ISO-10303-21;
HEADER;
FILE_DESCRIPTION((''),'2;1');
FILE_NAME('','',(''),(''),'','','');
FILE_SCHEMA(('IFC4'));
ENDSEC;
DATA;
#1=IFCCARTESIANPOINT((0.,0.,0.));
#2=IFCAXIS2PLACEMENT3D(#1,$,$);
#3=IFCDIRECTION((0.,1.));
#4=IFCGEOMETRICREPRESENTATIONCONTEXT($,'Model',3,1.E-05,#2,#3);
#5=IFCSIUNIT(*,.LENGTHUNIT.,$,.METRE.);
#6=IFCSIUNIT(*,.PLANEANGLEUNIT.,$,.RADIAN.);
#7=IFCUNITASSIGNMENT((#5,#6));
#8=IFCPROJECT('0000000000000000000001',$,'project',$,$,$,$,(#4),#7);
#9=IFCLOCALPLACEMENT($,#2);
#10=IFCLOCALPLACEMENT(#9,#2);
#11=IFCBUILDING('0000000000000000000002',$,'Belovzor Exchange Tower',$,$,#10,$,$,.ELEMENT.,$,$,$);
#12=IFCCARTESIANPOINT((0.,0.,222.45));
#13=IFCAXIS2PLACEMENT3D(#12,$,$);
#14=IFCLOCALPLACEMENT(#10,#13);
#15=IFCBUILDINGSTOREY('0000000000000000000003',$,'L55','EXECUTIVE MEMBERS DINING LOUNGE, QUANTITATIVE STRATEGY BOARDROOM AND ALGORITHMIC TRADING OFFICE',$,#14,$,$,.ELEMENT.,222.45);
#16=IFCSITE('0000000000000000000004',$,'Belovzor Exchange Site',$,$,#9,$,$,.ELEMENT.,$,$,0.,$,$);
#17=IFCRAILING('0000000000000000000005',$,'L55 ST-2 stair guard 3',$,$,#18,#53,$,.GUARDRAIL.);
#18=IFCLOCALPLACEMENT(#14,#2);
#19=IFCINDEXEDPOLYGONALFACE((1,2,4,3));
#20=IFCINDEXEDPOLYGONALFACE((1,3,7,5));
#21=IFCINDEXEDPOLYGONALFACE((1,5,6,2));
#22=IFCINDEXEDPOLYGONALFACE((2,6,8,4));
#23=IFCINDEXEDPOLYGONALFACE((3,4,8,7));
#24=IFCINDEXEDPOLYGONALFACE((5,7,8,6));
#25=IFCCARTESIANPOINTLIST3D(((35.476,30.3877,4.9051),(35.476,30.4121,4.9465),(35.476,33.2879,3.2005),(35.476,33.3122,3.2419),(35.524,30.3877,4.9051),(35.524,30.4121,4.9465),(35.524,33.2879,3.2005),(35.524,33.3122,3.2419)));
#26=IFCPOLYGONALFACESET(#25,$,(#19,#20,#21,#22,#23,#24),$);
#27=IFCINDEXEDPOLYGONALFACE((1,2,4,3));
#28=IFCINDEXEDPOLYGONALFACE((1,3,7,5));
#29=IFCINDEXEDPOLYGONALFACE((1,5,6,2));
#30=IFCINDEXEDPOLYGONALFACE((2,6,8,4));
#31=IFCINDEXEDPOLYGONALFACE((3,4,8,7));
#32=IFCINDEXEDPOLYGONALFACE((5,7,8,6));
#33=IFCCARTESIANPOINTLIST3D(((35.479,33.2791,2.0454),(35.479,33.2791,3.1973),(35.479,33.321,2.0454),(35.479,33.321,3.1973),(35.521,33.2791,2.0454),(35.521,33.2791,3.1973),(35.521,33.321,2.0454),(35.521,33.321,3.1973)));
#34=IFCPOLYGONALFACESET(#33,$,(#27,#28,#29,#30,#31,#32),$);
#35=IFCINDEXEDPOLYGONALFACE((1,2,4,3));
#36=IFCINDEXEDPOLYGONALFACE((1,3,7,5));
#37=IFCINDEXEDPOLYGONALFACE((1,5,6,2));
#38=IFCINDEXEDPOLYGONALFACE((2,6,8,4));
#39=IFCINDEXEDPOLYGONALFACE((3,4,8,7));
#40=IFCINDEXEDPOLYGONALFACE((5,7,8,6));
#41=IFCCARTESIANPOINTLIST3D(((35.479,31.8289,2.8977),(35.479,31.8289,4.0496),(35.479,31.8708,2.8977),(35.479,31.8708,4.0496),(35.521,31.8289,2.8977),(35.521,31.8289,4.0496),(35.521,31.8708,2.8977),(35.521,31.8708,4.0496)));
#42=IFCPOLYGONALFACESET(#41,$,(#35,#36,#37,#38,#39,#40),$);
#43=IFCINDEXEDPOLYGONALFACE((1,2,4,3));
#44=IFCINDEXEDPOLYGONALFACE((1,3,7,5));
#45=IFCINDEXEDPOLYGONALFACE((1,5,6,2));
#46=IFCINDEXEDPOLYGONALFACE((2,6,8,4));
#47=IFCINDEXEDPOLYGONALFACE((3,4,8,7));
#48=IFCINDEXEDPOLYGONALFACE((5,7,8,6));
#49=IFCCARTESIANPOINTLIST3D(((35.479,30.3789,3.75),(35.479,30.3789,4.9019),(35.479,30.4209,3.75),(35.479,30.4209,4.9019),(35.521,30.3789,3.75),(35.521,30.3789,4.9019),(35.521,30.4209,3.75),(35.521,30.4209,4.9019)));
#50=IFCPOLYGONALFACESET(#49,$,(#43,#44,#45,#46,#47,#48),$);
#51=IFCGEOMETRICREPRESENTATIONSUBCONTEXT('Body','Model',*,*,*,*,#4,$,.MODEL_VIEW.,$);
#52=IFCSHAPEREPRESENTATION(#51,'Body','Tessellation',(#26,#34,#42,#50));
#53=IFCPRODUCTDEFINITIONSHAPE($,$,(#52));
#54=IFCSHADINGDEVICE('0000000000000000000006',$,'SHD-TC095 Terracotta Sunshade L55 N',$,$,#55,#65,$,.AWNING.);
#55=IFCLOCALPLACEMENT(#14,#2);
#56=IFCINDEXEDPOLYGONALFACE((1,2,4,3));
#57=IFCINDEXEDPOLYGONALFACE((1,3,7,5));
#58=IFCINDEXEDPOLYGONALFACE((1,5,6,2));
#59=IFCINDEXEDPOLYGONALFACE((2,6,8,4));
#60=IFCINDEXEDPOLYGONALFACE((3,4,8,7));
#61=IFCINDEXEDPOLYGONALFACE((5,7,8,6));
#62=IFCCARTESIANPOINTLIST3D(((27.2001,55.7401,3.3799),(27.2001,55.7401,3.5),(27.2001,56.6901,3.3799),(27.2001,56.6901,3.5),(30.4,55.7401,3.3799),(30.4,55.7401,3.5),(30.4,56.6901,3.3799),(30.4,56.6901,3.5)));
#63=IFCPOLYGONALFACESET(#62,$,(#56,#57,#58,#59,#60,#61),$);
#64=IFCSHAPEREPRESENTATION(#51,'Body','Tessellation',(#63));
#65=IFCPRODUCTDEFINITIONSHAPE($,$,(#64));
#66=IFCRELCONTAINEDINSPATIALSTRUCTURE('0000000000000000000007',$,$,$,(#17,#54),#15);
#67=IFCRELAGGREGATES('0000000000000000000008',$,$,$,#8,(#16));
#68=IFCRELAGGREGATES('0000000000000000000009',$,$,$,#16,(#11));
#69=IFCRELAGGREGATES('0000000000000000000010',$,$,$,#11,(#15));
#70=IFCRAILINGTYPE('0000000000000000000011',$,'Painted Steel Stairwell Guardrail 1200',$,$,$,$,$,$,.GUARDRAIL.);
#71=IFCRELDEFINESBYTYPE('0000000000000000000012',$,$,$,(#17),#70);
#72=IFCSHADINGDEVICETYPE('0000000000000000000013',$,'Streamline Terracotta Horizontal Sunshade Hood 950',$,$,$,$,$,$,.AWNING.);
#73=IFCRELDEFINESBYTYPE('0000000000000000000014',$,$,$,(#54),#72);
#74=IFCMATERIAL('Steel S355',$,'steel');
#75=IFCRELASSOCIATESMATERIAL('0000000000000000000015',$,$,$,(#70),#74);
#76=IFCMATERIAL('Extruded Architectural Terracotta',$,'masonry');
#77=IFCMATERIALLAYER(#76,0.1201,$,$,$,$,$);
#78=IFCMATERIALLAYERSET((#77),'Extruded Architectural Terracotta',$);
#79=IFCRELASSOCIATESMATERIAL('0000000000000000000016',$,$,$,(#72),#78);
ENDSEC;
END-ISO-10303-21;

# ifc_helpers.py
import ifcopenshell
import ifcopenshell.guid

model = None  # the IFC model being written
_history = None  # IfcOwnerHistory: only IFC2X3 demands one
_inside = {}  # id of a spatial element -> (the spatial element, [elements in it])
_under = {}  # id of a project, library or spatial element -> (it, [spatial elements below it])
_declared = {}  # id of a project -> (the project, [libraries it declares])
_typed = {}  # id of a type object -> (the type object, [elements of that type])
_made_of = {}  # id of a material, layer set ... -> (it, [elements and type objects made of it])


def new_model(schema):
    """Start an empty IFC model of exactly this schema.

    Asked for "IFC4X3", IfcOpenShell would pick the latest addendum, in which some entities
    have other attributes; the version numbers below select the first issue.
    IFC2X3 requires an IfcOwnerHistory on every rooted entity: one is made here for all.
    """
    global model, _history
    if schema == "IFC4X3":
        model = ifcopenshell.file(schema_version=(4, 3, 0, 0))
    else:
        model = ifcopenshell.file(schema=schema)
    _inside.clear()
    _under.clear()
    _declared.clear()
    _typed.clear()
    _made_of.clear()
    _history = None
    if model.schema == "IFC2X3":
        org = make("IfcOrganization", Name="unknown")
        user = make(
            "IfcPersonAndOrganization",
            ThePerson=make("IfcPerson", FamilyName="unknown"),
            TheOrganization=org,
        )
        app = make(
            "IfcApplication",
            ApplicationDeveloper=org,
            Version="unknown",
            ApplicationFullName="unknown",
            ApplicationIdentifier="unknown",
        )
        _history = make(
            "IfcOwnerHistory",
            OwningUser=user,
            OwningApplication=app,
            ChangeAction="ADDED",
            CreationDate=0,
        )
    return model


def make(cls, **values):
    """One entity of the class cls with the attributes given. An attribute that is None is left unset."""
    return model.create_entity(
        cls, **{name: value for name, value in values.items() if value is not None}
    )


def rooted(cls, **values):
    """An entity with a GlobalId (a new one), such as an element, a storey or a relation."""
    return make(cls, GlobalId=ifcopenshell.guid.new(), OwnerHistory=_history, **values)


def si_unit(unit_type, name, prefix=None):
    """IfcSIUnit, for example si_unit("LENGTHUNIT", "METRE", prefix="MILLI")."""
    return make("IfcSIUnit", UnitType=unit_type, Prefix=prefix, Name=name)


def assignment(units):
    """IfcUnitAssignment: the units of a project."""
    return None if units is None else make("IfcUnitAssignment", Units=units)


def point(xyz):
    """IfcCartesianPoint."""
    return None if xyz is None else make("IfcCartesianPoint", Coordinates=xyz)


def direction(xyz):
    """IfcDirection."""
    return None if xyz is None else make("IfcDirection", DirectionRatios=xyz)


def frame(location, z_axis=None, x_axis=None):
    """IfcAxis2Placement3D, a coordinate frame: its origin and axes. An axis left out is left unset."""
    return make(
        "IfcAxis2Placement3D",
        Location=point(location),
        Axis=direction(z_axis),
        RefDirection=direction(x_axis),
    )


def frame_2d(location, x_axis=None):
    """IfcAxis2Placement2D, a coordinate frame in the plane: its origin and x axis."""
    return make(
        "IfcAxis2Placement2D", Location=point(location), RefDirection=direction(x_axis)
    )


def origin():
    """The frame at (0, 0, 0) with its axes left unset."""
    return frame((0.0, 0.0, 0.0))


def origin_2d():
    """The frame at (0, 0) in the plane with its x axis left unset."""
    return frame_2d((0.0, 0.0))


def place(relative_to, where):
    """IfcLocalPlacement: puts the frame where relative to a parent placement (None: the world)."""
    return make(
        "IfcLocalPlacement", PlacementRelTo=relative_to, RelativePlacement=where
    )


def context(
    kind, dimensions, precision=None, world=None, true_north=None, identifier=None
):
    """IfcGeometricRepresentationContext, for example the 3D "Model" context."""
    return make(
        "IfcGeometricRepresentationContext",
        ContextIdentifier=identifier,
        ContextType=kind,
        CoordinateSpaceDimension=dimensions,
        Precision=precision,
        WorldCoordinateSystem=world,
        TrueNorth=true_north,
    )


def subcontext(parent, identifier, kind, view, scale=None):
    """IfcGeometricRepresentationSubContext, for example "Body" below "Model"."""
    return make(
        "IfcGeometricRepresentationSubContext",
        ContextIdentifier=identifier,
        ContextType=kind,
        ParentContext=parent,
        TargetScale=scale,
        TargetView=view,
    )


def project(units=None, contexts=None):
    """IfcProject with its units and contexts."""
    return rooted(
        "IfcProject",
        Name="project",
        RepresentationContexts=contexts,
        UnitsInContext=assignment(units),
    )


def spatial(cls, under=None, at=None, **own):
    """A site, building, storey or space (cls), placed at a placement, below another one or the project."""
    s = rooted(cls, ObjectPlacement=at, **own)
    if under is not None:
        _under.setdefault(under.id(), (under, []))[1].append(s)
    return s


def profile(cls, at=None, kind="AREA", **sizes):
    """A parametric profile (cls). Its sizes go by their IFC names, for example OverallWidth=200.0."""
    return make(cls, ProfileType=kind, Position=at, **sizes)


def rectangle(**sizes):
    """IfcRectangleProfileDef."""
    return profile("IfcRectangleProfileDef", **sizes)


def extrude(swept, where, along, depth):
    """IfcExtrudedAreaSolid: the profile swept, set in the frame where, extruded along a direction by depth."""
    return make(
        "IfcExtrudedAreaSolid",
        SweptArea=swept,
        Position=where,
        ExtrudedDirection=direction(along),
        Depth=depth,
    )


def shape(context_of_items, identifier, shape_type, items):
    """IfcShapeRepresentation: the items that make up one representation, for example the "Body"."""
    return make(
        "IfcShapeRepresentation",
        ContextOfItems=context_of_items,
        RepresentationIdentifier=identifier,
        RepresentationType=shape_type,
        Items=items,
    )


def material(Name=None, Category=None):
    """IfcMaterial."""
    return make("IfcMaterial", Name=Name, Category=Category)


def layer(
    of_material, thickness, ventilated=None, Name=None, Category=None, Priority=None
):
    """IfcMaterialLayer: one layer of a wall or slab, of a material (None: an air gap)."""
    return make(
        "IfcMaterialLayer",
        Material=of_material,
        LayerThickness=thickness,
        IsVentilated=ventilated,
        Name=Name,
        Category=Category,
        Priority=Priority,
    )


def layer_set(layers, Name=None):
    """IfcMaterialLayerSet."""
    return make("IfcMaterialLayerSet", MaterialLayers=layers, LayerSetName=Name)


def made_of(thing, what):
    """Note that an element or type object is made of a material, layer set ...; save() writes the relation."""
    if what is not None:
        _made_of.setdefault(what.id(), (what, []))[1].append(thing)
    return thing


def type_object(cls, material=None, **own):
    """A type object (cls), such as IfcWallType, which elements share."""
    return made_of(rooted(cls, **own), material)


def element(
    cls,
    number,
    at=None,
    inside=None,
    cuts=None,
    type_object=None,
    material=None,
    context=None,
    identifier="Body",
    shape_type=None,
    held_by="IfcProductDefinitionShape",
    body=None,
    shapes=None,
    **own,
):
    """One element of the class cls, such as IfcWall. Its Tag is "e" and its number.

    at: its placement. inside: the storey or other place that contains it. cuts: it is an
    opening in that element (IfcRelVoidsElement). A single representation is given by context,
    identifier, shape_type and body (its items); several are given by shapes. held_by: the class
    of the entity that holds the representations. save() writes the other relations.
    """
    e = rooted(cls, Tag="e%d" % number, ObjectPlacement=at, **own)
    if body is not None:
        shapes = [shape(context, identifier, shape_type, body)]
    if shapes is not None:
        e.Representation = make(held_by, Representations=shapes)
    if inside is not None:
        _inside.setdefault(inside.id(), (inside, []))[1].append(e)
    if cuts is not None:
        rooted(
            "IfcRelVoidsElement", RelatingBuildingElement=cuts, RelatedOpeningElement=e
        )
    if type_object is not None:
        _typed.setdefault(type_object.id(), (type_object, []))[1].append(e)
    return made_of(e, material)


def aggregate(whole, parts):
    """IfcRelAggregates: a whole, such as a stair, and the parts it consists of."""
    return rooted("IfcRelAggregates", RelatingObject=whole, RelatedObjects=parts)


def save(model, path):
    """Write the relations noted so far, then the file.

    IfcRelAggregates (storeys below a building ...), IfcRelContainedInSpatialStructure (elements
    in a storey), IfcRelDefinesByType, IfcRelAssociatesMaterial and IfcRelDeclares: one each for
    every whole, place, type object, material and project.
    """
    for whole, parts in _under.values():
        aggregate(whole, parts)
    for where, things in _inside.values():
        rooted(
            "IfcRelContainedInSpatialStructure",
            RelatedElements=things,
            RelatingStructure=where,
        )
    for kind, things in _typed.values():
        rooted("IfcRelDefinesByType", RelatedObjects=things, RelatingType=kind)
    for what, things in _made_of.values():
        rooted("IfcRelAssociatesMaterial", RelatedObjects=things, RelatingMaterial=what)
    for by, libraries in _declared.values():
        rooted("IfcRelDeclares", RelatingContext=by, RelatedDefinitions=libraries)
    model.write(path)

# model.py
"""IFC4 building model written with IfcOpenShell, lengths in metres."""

from ifc_helpers import new_model, si_unit, direction, frame, origin, origin_2d, place, context, subcontext, project, spatial, rectangle, extrude, material, layer, layer_set, type_object, element, save


model = new_model("IFC4")

# Units and contexts
model_context = context("Model", 3, precision=1e-05, world=origin(), true_north=direction((0.0, 1.0)))
body_context = subcontext(model_context, "Body", "Model", "MODEL_VIEW")
ifc_project = project(units=[si_unit("LENGTHUNIT", "METRE"), si_unit("PLANEANGLEUNIT", "RADIAN")], contexts=[model_context])

# Site, building, storey
site_placement = place(None, origin())
site = spatial("IfcSite", under=ifc_project, at=site_placement, Name="Belovzor Exchange Site", CompositionType="ELEMENT", RefElevation=0.0)
building_placement = place(site_placement, origin())
building = spatial("IfcBuilding", under=site, at=building_placement, Name="Belovzor Exchange Tower", CompositionType="ELEMENT")
storey_placement = place(building_placement, frame((0.0, 0.0, 222.45)))
storey = spatial("IfcBuildingStorey", under=building, at=storey_placement, Name="L55", Description="EXECUTIVE MEMBERS DINING LOUNGE, QUANTITATIVE STRATEGY BOARDROOM AND ALGORITHMIC TRADING OFFICE", CompositionType="ELEMENT", Elevation=222.45)

# Railing
ifc_material_1 = material(Name="Steel S355", Category="steel")
railing_type_1 = type_object("IfcRailingType", Name="Painted Steel Stairwell Guardrail 1200", PredefinedType="GUARDRAIL", material=ifc_material_1)
railing_1_placement = place(storey_placement, frame((35.5, 33.3, 2.0454)))
element("IfcRailing", 1, at=railing_1_placement, inside=storey, type_object=railing_type_1, Name="L55 ST-2 stair guard 3", PredefinedType="GUARDRAIL", context=body_context, shape_type="SweptSolid", body=[
    extrude(rectangle(XDim=0.0481, YDim=0.0481, at=origin_2d()), frame((0.0, 0.0, 1.1758), z_axis=(0.0, -0.862113, 0.506716), x_axis=(1.0, 0.0, 0.0)), (0.0, 0.0, 1.0), 3.364),
    extrude(rectangle(XDim=0.042, YDim=0.042, at=origin_2d()), origin(), (0.0, 0.0, 1.0), 1.1519),
    extrude(rectangle(XDim=0.042, YDim=0.042, at=origin_2d()), frame((0.0, -1.4502, 0.8523)), (0.0, 0.0, 1.0), 1.1519),
    extrude(rectangle(XDim=0.042, YDim=0.042, at=origin_2d()), frame((0.0, -2.9001, 1.7046)), (0.0, 0.0, 1.0), 1.1519),
])

# Shading device
ifc_material_2 = material(Name="Extruded Architectural Terracotta", Category="masonry")
ifc_layer_1 = layer(ifc_material_2, 0.1201)
ifc_layer_set_1 = layer_set([ifc_layer_1], Name="Extruded Architectural Terracotta")
shading_device_type = type_object("IfcShadingDeviceType", Name="Streamline Terracotta Horizontal Sunshade Hood 950", PredefinedType="AWNING", material=ifc_layer_set_1)
shading_device_placement = place(storey_placement, frame((28.8, 56.2151, 3.3799), z_axis=(0.0, 0.0, 1.0), x_axis=(1.0, 0.0, 0.0)))
element("IfcShadingDevice", 2, at=shading_device_placement, inside=storey, type_object=shading_device_type, Name="SHD-TC095 Terracotta Sunshade L55 N", PredefinedType="AWNING", context=body_context, shape_type="SweptSolid", body=[
    extrude(rectangle(XDim=3.2, YDim=0.95, at=origin_2d()), origin(), (0.0, 0.0, 1.0), 0.1201),
])

save(model, "model.ifc")
